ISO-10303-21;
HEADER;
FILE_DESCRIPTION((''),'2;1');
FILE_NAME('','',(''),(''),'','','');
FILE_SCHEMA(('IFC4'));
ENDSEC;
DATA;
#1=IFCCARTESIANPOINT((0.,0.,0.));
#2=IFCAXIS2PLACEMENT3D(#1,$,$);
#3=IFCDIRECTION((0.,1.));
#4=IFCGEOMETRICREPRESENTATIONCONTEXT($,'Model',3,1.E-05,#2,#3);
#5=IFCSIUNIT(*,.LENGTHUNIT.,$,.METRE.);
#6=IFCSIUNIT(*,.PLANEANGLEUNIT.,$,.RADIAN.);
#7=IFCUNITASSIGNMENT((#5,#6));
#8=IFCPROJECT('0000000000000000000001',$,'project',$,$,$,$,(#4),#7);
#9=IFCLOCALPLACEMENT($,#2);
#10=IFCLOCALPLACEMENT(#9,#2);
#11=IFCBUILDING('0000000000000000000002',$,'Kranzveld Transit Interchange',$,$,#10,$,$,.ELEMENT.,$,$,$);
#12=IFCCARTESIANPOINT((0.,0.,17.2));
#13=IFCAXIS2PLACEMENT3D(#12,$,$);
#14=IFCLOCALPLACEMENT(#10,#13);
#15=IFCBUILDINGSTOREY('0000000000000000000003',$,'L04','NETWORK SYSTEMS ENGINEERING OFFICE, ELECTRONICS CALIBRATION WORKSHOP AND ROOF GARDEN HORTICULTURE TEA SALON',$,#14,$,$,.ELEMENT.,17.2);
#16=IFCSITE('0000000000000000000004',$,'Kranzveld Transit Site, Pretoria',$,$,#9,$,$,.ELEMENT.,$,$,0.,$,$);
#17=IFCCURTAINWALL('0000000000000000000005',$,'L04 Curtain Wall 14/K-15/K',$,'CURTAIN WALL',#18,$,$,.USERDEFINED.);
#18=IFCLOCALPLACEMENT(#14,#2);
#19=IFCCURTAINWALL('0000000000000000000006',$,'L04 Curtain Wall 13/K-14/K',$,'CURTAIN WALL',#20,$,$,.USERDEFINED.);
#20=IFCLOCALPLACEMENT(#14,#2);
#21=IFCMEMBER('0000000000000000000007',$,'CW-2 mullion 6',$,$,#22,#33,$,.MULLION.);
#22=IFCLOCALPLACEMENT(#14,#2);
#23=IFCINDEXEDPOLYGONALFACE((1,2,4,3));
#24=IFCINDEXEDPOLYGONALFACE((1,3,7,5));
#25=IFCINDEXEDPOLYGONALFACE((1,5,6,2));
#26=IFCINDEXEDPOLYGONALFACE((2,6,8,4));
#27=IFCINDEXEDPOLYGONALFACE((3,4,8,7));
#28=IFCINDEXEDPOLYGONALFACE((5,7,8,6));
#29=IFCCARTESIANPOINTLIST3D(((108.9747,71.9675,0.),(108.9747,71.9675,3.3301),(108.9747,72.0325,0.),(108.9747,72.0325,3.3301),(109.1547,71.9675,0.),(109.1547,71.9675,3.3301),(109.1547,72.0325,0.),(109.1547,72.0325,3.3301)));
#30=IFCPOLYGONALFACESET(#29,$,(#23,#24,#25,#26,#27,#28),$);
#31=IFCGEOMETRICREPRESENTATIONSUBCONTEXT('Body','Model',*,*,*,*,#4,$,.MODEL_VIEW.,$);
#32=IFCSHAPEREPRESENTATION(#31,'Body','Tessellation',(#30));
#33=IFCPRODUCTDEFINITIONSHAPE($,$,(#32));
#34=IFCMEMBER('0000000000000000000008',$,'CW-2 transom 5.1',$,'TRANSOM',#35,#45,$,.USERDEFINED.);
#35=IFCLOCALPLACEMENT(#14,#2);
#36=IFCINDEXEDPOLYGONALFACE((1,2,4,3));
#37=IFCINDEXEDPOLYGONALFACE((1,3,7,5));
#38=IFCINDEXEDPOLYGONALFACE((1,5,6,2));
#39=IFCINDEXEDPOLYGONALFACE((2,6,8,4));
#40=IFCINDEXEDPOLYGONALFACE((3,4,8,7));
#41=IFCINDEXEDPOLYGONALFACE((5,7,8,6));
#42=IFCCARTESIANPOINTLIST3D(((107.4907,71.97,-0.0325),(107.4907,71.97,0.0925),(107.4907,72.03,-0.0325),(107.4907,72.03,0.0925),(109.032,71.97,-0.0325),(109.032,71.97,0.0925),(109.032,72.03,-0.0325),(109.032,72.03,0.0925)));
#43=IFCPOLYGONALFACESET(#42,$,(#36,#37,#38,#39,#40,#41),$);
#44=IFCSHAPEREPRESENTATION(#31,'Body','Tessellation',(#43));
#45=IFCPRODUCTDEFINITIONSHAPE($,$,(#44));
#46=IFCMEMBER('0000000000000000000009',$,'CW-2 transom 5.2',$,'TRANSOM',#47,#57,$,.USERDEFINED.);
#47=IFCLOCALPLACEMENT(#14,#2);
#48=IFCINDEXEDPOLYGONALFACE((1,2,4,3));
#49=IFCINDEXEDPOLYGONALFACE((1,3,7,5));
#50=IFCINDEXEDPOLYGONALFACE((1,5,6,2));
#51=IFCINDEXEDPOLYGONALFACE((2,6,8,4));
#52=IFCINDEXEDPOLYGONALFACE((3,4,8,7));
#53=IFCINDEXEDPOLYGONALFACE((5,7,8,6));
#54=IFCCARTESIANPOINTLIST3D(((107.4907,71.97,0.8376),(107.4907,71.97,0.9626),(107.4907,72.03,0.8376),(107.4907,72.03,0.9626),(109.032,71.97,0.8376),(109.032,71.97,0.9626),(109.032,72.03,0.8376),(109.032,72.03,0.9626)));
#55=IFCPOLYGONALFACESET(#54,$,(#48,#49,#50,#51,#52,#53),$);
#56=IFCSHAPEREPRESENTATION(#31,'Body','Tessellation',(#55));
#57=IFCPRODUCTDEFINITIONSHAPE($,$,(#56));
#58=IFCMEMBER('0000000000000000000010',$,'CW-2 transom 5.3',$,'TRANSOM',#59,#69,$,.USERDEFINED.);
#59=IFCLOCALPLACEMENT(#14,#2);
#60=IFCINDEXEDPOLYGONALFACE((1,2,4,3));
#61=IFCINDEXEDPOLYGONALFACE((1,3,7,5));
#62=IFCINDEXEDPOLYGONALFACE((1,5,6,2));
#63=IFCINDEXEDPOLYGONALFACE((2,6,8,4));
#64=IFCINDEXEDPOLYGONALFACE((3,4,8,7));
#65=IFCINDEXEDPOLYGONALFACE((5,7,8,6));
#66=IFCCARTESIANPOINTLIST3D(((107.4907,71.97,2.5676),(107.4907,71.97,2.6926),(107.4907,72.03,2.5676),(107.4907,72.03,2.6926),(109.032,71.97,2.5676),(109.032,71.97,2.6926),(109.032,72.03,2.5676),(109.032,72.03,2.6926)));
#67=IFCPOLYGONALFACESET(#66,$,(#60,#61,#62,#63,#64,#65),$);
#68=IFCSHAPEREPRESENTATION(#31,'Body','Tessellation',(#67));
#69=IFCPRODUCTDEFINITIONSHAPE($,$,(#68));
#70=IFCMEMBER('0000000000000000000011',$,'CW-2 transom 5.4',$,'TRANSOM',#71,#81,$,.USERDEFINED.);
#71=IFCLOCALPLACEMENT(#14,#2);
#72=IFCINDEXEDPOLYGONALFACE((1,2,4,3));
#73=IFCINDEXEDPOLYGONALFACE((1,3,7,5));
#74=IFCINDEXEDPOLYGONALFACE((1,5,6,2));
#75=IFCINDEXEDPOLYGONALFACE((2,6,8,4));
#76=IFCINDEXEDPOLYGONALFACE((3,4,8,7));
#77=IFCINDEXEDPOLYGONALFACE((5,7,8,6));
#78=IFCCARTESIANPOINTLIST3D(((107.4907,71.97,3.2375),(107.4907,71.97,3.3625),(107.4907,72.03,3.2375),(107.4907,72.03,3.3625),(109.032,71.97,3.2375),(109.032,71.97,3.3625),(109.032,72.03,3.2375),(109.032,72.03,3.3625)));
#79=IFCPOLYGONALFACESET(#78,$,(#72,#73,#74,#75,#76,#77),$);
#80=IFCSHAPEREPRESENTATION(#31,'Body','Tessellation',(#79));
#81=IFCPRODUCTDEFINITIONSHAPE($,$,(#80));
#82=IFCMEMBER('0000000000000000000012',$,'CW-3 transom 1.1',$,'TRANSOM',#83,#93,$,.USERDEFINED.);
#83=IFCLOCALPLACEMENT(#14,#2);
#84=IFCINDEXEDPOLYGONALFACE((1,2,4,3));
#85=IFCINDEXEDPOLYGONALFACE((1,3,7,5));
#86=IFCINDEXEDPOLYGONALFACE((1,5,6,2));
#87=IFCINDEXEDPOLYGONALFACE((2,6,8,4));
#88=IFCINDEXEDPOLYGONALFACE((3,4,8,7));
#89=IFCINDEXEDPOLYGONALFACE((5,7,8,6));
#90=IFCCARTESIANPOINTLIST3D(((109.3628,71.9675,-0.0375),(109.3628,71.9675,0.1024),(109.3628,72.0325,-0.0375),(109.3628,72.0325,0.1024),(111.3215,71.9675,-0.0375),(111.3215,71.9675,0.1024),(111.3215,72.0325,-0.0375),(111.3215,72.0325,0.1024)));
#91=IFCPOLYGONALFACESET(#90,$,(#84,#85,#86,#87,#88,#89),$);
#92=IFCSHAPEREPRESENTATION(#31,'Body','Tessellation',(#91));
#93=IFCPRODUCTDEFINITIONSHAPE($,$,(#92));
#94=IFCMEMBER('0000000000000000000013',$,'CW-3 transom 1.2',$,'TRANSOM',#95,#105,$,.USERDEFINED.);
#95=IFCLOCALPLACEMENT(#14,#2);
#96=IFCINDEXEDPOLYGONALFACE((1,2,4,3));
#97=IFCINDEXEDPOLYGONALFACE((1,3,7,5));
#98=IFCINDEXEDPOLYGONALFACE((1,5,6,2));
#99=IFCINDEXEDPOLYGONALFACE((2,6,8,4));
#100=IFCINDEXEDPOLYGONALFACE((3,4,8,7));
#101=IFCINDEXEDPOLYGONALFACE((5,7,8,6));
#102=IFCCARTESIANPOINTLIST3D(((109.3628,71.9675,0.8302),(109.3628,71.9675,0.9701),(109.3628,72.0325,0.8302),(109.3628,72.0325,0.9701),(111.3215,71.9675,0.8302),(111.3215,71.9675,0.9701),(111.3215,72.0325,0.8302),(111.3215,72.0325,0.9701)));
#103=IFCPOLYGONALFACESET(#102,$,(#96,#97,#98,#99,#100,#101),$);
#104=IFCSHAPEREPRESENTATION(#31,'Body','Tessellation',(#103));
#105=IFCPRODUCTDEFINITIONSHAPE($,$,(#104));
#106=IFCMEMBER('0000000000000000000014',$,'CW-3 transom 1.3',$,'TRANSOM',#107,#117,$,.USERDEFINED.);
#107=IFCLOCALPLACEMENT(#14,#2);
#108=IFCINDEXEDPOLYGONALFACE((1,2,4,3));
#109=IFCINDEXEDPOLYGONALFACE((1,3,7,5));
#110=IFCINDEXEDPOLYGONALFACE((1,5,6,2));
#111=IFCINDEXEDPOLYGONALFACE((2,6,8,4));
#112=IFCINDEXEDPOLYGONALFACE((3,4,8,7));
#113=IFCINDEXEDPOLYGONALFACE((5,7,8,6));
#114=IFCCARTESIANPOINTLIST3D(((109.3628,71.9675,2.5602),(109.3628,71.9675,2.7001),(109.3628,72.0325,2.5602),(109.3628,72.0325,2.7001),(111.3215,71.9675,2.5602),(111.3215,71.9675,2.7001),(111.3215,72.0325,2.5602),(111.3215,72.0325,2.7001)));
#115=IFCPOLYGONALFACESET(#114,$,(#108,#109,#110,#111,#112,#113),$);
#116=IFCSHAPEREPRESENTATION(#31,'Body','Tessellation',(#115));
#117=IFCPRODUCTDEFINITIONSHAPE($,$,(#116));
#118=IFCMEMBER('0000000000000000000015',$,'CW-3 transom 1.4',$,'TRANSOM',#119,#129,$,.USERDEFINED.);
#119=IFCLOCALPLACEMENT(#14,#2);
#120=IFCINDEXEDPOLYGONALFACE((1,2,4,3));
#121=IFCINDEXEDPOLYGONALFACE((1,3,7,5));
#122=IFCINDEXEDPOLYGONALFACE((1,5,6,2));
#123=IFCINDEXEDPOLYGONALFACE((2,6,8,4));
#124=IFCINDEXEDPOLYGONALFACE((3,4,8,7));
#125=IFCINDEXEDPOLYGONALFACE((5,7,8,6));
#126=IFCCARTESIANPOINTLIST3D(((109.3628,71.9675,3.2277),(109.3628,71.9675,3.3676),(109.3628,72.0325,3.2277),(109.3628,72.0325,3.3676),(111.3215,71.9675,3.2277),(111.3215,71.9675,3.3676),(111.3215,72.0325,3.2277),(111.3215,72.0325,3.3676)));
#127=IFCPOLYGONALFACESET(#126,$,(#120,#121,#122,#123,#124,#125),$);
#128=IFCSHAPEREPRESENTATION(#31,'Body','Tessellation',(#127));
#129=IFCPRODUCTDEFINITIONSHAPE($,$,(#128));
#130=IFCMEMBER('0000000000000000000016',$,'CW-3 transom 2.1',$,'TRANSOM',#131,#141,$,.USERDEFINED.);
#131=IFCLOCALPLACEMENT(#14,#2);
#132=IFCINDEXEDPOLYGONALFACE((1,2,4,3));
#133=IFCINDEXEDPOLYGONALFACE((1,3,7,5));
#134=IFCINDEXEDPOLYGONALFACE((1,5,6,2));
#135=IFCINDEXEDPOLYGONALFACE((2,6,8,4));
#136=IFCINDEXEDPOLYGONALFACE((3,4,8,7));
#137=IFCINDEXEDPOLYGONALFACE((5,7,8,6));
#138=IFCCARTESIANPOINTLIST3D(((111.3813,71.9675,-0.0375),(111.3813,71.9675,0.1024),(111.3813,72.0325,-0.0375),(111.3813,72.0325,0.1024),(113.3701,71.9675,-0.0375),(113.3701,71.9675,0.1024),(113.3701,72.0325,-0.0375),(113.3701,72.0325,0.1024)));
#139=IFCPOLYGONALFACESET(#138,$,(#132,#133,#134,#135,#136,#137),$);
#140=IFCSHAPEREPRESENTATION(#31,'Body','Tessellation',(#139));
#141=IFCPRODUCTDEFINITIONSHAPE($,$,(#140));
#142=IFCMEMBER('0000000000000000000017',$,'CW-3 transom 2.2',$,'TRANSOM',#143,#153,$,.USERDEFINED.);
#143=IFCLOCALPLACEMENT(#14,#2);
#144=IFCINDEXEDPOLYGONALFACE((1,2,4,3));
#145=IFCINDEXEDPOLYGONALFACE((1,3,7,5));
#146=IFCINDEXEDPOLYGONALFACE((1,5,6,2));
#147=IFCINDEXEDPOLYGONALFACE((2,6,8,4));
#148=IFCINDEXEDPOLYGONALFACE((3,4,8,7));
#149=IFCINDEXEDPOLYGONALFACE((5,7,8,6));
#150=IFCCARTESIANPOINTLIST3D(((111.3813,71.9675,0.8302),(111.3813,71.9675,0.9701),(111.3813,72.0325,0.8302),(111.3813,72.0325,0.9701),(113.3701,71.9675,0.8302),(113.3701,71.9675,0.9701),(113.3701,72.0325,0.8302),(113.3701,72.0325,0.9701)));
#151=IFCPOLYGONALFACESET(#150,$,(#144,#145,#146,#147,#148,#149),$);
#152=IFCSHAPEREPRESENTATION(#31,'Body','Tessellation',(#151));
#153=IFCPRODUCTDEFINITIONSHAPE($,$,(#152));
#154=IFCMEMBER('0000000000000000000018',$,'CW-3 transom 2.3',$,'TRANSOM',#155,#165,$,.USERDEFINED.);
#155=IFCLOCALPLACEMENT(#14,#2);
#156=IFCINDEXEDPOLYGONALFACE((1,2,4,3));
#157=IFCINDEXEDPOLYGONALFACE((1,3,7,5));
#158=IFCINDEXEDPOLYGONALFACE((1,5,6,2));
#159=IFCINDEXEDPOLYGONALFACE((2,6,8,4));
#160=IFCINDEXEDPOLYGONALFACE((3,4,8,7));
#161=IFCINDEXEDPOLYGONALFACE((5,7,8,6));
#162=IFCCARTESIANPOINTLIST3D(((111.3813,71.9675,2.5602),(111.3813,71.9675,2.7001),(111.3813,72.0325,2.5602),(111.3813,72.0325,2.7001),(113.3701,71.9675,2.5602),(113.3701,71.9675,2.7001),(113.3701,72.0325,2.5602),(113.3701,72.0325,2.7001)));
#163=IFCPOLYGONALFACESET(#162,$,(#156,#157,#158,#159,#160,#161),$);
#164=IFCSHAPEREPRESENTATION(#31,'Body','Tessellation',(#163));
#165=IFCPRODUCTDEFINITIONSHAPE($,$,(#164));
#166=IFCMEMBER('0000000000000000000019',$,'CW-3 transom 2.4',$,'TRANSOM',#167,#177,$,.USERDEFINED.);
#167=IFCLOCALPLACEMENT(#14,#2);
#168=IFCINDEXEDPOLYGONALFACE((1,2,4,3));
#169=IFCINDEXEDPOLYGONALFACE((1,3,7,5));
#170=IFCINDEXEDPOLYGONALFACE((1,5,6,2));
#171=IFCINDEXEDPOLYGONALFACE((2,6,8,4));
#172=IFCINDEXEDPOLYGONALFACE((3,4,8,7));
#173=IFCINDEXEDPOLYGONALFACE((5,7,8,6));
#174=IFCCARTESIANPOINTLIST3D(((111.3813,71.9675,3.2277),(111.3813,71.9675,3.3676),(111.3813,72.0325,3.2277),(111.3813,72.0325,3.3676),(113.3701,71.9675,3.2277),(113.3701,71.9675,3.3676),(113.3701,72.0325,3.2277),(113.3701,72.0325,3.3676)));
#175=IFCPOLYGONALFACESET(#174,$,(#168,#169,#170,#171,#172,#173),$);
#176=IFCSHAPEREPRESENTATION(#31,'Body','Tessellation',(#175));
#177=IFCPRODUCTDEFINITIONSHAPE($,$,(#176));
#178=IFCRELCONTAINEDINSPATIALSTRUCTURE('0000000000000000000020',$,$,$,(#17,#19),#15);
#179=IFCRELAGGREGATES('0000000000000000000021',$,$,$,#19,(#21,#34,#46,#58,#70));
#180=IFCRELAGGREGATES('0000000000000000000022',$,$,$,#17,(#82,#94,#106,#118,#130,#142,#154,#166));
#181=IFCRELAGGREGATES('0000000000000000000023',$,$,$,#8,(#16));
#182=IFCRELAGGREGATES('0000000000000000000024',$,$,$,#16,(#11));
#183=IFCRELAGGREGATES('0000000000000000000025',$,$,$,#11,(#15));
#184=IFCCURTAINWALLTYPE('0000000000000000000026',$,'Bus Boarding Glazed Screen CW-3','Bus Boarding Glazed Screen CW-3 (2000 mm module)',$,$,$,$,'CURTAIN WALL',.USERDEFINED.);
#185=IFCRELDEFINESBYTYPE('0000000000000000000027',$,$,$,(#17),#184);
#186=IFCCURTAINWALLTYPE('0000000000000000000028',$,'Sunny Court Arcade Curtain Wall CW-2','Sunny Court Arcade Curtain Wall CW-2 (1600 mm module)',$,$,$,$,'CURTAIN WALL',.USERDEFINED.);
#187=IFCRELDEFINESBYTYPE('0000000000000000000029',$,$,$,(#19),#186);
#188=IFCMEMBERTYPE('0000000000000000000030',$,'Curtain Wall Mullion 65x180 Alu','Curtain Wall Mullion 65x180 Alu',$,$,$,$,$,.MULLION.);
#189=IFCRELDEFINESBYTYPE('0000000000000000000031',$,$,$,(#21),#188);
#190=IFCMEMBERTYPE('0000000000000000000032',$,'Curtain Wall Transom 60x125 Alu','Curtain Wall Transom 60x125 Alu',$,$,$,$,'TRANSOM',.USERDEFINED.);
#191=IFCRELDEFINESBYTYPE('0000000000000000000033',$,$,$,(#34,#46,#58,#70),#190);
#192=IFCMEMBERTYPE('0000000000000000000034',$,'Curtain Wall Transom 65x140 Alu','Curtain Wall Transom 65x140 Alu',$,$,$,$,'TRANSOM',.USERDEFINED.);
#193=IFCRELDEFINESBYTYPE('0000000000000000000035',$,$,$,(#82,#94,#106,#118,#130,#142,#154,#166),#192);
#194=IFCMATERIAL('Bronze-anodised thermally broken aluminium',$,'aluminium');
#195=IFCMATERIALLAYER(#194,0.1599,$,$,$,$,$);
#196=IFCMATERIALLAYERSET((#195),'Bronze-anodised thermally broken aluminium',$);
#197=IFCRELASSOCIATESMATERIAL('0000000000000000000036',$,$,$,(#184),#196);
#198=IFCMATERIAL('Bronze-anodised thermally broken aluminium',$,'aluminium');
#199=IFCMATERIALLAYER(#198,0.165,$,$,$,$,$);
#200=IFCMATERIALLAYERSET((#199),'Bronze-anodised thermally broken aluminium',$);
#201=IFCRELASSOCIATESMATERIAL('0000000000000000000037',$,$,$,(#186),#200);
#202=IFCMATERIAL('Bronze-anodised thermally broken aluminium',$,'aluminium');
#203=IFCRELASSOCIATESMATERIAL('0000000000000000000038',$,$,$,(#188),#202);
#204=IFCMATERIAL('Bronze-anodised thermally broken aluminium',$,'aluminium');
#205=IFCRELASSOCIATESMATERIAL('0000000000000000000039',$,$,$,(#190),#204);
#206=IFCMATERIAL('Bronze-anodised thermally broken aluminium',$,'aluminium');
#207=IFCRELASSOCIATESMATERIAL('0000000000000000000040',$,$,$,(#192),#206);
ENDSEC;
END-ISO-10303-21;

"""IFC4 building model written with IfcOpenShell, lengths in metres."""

from ifc_helpers import new_model, si_unit, direction, frame, origin, origin_2d, place, context, subcontext, project, spatial, rectangle, extrude, material, layer, layer_set, material_profile, profile_set, type_object, element, aggregate, save


model = new_model("IFC4")

# Units and contexts
model_context = context("Model", 3, precision=1e-05, world=origin(), true_north=direction((0.0, 1.0)))
body_context = subcontext(model_context, "Body", "Model", "MODEL_VIEW")
ifc_project = project(units=[si_unit("LENGTHUNIT", "METRE"), si_unit("PLANEANGLEUNIT", "RADIAN")], contexts=[model_context])

# Site, building, storey
site_placement = place(None, origin())
site = spatial("IfcSite", under=ifc_project, at=site_placement, Name="Kranzveld Transit Site, Pretoria", CompositionType="ELEMENT", RefElevation=0.0)
building_placement = place(site_placement, origin())
building = spatial("IfcBuilding", under=site, at=building_placement, Name="Kranzveld Transit Interchange", CompositionType="ELEMENT")
storey_placement = place(building_placement, frame((0.0, 0.0, 17.2)))
storey = spatial("IfcBuildingStorey", under=building, at=storey_placement, Name="L04", Description="NETWORK SYSTEMS ENGINEERING OFFICE, ELECTRONICS CALIBRATION WORKSHOP AND ROOF GARDEN HORTICULTURE TEA SALON", CompositionType="ELEMENT", Elevation=17.2)

# Curtain walls, members
ifc_material_1 = material(Name="Bronze-anodised thermally broken aluminium", Category="aluminium")
ifc_layer_1 = layer(ifc_material_1, 0.1599)
ifc_layer_set_1 = layer_set([ifc_layer_1], Name="Bronze-anodised thermally broken aluminium")
curtain_wall_type_1 = type_object("IfcCurtainWallType", Name="Bus Boarding Glazed Screen CW-3", Description="Bus Boarding Glazed Screen CW-3 (2000 mm module)", ElementType="CURTAIN WALL", PredefinedType="USERDEFINED", material=ifc_layer_set_1)
curtain_wall_1_placement = place(storey_placement, origin())
curtain_wall_1 = element("IfcCurtainWall", 1, at=curtain_wall_1_placement, inside=storey, type_object=curtain_wall_type_1, Name="L04 Curtain Wall 14/K-15/K", ObjectType="CURTAIN WALL", PredefinedType="USERDEFINED")
ifc_material_2 = material(Name="Bronze-anodised thermally broken aluminium", Category="aluminium")
ifc_layer_2 = layer(ifc_material_2, 0.165)
ifc_layer_set_2 = layer_set([ifc_layer_2], Name="Bronze-anodised thermally broken aluminium")
curtain_wall_type_2 = type_object("IfcCurtainWallType", Name="Sunny Court Arcade Curtain Wall CW-2", Description="Sunny Court Arcade Curtain Wall CW-2 (1600 mm module)", ElementType="CURTAIN WALL", PredefinedType="USERDEFINED", material=ifc_layer_set_2)
curtain_wall_2_placement = place(storey_placement, origin())
curtain_wall_2 = element("IfcCurtainWall", 2, at=curtain_wall_2_placement, inside=storey, type_object=curtain_wall_type_2, Name="L04 Curtain Wall 13/K-14/K", ObjectType="CURTAIN WALL", PredefinedType="USERDEFINED")
ifc_material_3 = material(Name="Bronze-anodised thermally broken aluminium", Category="aluminium")
ifc_material_profile_1 = material_profile(ifc_material_3, rectangle(XDim=0.0649, YDim=0.1799, at=origin_2d()), Name="ALU MULLION 65x180")
ifc_profile_set_1 = profile_set([ifc_material_profile_1], Name="Bronze-anodised thermally broken aluminium")
member_type_1 = type_object("IfcMemberType", Name="Curtain Wall Mullion 65x180 Alu", Description="Curtain Wall Mullion 65x180 Alu", PredefinedType="MULLION", material=ifc_profile_set_1)
member_1_placement = place(storey_placement, frame((109.0647, 72.0, 0.0), z_axis=(0.0, 0.0, 1.0), x_axis=(0.0, 1.0, 0.0)))
member_1 = element("IfcMember", 3, at=member_1_placement, type_object=member_type_1, Name="CW-2 mullion 6", PredefinedType="MULLION", context=body_context, shape_type="SweptSolid", body=[
    extrude(rectangle(XDim=0.0649, YDim=0.1799, at=origin_2d()), origin(), (0.0, 0.0, 1.0), 3.3301),
])
ifc_material_4 = material(Name="Bronze-anodised thermally broken aluminium", Category="aluminium")
ifc_material_profile_2 = material_profile(ifc_material_4, rectangle(XDim=0.0601, YDim=0.125, at=origin_2d()), Name="ALU TRANSOM 60x125")
ifc_profile_set_2 = profile_set([ifc_material_profile_2], Name="Bronze-anodised thermally broken aluminium")
member_type_2 = type_object("IfcMemberType", Name="Curtain Wall Transom 60x125 Alu", Description="Curtain Wall Transom 60x125 Alu", ElementType="TRANSOM", PredefinedType="USERDEFINED", material=ifc_profile_set_2)
member_2_placement = place(storey_placement, frame((107.4907, 72.0, 0.03), z_axis=(1.0, 0.0, 0.0), x_axis=(0.0, 1.0, 0.0)))
member_2 = element("IfcMember", 4, at=member_2_placement, type_object=member_type_2, Name="CW-2 transom 5.1", ObjectType="TRANSOM", PredefinedType="USERDEFINED", context=body_context, shape_type="SweptSolid", body=[
    extrude(rectangle(XDim=0.0601, YDim=0.125, at=origin_2d()), origin(), (0.0, 0.0, 1.0), 1.5413),
])
member_3_placement = place(storey_placement, frame((107.4907, 72.0, 0.9001), z_axis=(1.0, 0.0, 0.0), x_axis=(0.0, 1.0, 0.0)))
member_3 = element("IfcMember", 5, at=member_3_placement, type_object=member_type_2, Name="CW-2 transom 5.2", ObjectType="TRANSOM", PredefinedType="USERDEFINED", context=body_context, shape_type="SweptSolid", body=[
    extrude(rectangle(XDim=0.0601, YDim=0.125, at=origin_2d()), origin(), (0.0, 0.0, 1.0), 1.5413),
])
member_4_placement = place(storey_placement, frame((107.4907, 72.0, 2.6301), z_axis=(1.0, 0.0, 0.0), x_axis=(0.0, 1.0, 0.0)))
member_4 = element("IfcMember", 6, at=member_4_placement, type_object=member_type_2, Name="CW-2 transom 5.3", ObjectType="TRANSOM", PredefinedType="USERDEFINED", context=body_context, shape_type="SweptSolid", body=[
    extrude(rectangle(XDim=0.0601, YDim=0.125, at=origin_2d()), origin(), (0.0, 0.0, 1.0), 1.5413),
])
member_5_placement = place(storey_placement, frame((107.4907, 72.0, 3.3), z_axis=(1.0, 0.0, 0.0), x_axis=(0.0, 1.0, 0.0)))
member_5 = element("IfcMember", 7, at=member_5_placement, type_object=member_type_2, Name="CW-2 transom 5.4", ObjectType="TRANSOM", PredefinedType="USERDEFINED", context=body_context, shape_type="SweptSolid", body=[
    extrude(rectangle(XDim=0.0601, YDim=0.125, at=origin_2d()), origin(), (0.0, 0.0, 1.0), 1.5413),
])

# Members
ifc_material_5 = material(Name="Bronze-anodised thermally broken aluminium", Category="aluminium")
ifc_material_profile_3 = material_profile(ifc_material_5, rectangle(XDim=0.0649, YDim=0.1399, at=origin_2d()), Name="ALU TRANSOM 65x140")
ifc_profile_set_3 = profile_set([ifc_material_profile_3], Name="Bronze-anodised thermally broken aluminium")
member_type_3 = type_object("IfcMemberType", Name="Curtain Wall Transom 65x140 Alu", Description="Curtain Wall Transom 65x140 Alu", ElementType="TRANSOM", PredefinedType="USERDEFINED", material=ifc_profile_set_3)
member_6_placement = place(storey_placement, frame((109.3628, 72.0, 0.0325), z_axis=(1.0, 0.0, 0.0), x_axis=(0.0, 1.0, 0.0)))
member_6 = element("IfcMember", 8, at=member_6_placement, type_object=member_type_3, Name="CW-3 transom 1.1", ObjectType="TRANSOM", PredefinedType="USERDEFINED", context=body_context, shape_type="SweptSolid", body=[
    extrude(rectangle(XDim=0.0649, YDim=0.1399, at=origin_2d()), origin(), (0.0, 0.0, 1.0), 1.9587),
])
member_7_placement = place(storey_placement, frame((109.3628, 72.0, 0.9001), z_axis=(1.0, 0.0, 0.0), x_axis=(0.0, 1.0, 0.0)))
member_7 = element("IfcMember", 9, at=member_7_placement, type_object=member_type_3, Name="CW-3 transom 1.2", ObjectType="TRANSOM", PredefinedType="USERDEFINED", context=body_context, shape_type="SweptSolid", body=[
    extrude(rectangle(XDim=0.0649, YDim=0.1399, at=origin_2d()), origin(), (0.0, 0.0, 1.0), 1.9587),
])
member_8_placement = place(storey_placement, frame((109.3628, 72.0, 2.6301), z_axis=(1.0, 0.0, 0.0), x_axis=(0.0, 1.0, 0.0)))
member_8 = element("IfcMember", 10, at=member_8_placement, type_object=member_type_3, Name="CW-3 transom 1.3", ObjectType="TRANSOM", PredefinedType="USERDEFINED", context=body_context, shape_type="SweptSolid", body=[
    extrude(rectangle(XDim=0.0649, YDim=0.1399, at=origin_2d()), origin(), (0.0, 0.0, 1.0), 1.9587),
])
member_9_placement = place(storey_placement, frame((109.3628, 72.0, 3.2976), z_axis=(1.0, 0.0, 0.0), x_axis=(0.0, 1.0, 0.0)))
member_9 = element("IfcMember", 11, at=member_9_placement, type_object=member_type_3, Name="CW-3 transom 1.4", ObjectType="TRANSOM", PredefinedType="USERDEFINED", context=body_context, shape_type="SweptSolid", body=[
    extrude(rectangle(XDim=0.0649, YDim=0.1399, at=origin_2d()), origin(), (0.0, 0.0, 1.0), 1.9587),
])
member_10_placement = place(storey_placement, frame((111.3813, 72.0, 0.0325), z_axis=(1.0, 0.0, 0.0), x_axis=(0.0, 1.0, 0.0)))
member_10 = element("IfcMember", 12, at=member_10_placement, type_object=member_type_3, Name="CW-3 transom 2.1", ObjectType="TRANSOM", PredefinedType="USERDEFINED", context=body_context, shape_type="SweptSolid", body=[
    extrude(rectangle(XDim=0.0649, YDim=0.1399, at=origin_2d()), origin(), (0.0, 0.0, 1.0), 1.9888),
])
member_11_placement = place(storey_placement, frame((111.3813, 72.0, 0.9001), z_axis=(1.0, 0.0, 0.0), x_axis=(0.0, 1.0, 0.0)))
member_11 = element("IfcMember", 13, at=member_11_placement, type_object=member_type_3, Name="CW-3 transom 2.2", ObjectType="TRANSOM", PredefinedType="USERDEFINED", context=body_context, shape_type="SweptSolid", body=[
    extrude(rectangle(XDim=0.0649, YDim=0.1399, at=origin_2d()), origin(), (0.0, 0.0, 1.0), 1.9888),
])
member_12_placement = place(storey_placement, frame((111.3813, 72.0, 2.6301), z_axis=(1.0, 0.0, 0.0), x_axis=(0.0, 1.0, 0.0)))
member_12 = element("IfcMember", 14, at=member_12_placement, type_object=member_type_3, Name="CW-3 transom 2.3", ObjectType="TRANSOM", PredefinedType="USERDEFINED", context=body_context, shape_type="SweptSolid", body=[
    extrude(rectangle(XDim=0.0649, YDim=0.1399, at=origin_2d()), origin(), (0.0, 0.0, 1.0), 1.9888),
])
member_13_placement = place(storey_placement, frame((111.3813, 72.0, 3.2976), z_axis=(1.0, 0.0, 0.0), x_axis=(0.0, 1.0, 0.0)))
member_13 = element("IfcMember", 15, at=member_13_placement, type_object=member_type_3, Name="CW-3 transom 2.4", ObjectType="TRANSOM", PredefinedType="USERDEFINED", context=body_context, shape_type="SweptSolid", body=[
    extrude(rectangle(XDim=0.0649, YDim=0.1399, at=origin_2d()), origin(), (0.0, 0.0, 1.0), 1.9888),
])

aggregate(curtain_wall_2, [member_1, member_2, member_3, member_4, member_5])
aggregate(curtain_wall_1, [member_6, member_7, member_8, member_9, member_10, member_11, member_12, member_13])

save(model, "model.ifc")
